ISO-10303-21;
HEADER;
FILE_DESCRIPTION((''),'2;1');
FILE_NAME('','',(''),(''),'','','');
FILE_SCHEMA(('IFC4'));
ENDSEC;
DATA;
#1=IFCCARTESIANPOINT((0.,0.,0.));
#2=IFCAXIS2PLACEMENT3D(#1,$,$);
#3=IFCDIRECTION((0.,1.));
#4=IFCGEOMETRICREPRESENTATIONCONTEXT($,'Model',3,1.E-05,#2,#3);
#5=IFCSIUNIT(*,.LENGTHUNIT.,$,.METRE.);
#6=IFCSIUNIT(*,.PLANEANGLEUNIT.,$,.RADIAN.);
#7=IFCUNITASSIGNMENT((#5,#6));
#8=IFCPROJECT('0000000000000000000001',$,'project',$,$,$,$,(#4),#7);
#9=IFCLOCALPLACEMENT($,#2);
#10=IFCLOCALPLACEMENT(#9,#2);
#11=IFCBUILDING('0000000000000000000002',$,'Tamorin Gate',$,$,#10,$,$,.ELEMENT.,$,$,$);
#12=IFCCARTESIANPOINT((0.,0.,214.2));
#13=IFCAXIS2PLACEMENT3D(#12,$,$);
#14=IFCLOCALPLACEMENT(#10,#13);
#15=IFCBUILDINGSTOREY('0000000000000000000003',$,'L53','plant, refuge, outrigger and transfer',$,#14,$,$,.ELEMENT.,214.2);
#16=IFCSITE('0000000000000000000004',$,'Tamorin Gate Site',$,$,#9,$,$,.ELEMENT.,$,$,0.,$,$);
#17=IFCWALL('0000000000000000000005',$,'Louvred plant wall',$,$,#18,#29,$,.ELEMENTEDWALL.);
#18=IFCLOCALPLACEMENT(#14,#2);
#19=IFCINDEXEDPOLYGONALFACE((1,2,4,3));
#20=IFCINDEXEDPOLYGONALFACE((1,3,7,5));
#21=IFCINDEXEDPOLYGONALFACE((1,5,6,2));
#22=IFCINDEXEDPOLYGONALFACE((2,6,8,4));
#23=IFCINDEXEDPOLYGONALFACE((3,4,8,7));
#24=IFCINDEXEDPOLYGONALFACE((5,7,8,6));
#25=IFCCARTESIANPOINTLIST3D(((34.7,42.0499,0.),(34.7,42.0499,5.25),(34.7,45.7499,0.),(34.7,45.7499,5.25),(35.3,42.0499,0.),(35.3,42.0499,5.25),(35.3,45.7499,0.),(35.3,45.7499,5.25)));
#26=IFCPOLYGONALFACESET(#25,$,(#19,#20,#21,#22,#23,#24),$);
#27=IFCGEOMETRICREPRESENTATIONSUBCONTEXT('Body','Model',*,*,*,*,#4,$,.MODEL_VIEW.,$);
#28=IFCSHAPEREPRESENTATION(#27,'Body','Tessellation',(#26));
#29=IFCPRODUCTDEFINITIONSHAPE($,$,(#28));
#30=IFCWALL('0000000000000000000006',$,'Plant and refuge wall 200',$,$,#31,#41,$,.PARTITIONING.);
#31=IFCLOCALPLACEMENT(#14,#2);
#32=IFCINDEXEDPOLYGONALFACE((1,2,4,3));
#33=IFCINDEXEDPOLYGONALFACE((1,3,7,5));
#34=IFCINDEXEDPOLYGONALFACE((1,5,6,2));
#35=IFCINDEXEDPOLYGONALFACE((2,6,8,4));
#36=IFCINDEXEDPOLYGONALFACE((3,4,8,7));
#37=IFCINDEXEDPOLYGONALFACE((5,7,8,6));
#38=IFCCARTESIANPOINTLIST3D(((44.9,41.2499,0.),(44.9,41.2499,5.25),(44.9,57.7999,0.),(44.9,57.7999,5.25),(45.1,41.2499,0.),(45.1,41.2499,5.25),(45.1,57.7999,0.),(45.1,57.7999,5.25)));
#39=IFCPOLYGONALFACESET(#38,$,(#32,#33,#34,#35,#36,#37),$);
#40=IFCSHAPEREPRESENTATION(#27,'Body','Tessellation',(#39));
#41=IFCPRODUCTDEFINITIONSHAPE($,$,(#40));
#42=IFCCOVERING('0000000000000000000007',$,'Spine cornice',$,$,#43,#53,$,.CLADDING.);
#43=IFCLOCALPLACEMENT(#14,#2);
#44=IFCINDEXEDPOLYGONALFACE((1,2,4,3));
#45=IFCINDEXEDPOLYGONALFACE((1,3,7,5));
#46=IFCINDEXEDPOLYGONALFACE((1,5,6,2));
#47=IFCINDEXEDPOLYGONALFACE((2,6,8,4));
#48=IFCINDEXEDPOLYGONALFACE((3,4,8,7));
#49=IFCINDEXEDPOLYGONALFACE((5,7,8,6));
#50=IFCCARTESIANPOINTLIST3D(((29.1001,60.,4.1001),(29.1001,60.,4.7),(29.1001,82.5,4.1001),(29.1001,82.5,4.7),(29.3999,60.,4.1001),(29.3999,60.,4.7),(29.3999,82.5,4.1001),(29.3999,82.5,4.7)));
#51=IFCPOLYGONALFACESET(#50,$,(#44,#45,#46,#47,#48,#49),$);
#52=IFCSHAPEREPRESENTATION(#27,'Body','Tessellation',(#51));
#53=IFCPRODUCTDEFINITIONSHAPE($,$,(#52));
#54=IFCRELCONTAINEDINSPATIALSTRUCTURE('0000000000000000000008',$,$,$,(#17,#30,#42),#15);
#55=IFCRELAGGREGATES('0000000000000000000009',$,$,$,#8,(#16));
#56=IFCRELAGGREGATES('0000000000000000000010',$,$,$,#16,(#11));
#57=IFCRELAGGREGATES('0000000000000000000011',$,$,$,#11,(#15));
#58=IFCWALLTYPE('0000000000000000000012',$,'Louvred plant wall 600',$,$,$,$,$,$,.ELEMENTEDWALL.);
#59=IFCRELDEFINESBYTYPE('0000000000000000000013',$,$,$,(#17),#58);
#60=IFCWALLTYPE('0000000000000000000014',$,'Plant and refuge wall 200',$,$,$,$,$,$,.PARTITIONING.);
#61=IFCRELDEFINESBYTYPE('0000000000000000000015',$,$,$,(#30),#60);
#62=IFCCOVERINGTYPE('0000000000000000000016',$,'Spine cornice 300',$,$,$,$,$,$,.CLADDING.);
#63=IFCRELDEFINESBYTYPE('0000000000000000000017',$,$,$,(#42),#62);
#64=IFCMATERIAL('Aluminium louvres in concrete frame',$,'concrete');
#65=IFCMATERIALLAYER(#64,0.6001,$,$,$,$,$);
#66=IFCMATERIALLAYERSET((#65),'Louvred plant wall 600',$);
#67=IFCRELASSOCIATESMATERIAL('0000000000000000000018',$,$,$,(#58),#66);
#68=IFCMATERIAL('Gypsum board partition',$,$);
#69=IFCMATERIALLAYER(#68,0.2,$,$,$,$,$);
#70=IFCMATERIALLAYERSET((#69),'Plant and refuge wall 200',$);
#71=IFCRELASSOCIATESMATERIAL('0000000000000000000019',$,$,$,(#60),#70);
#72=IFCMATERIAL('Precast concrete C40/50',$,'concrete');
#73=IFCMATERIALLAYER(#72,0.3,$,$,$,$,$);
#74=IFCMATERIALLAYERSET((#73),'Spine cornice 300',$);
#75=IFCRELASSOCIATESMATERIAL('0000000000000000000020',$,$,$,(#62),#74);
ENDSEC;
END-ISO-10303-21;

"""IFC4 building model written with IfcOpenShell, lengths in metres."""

from ifc_helpers import new_model, si_unit, direction, frame, frame_2d, origin, place, context, subcontext, project, spatial, polyline, rectangle, outline, extrude, material, layer, layer_set, type_object, element, save


model = new_model("IFC4")

# Units and contexts
model_context = context("Model", 3, precision=1e-05, world=origin(), true_north=direction((0.0, 1.0)))
body_context = subcontext(model_context, "Body", "Model", "MODEL_VIEW")
ifc_project = project(units=[si_unit("LENGTHUNIT", "METRE"), si_unit("PLANEANGLEUNIT", "RADIAN")], contexts=[model_context])

# Site, building, storey
site_placement = place(None, origin())
site = spatial("IfcSite", under=ifc_project, at=site_placement, Name="Tamorin Gate Site", CompositionType="ELEMENT", RefElevation=0.0)
building_placement = place(site_placement, origin())
building = spatial("IfcBuilding", under=site, at=building_placement, Name="Tamorin Gate", CompositionType="ELEMENT")
storey_placement = place(building_placement, frame((0.0, 0.0, 214.2)))
storey = spatial("IfcBuildingStorey", under=building, at=storey_placement, Name="L53", Description="plant, refuge, outrigger and transfer", CompositionType="ELEMENT", Elevation=214.2)

# Walls
ifc_material_1 = material(Name="Aluminium louvres in concrete frame", Category="concrete")
ifc_layer_1 = layer(ifc_material_1, 0.6001)
ifc_layer_set_1 = layer_set([ifc_layer_1], Name="Louvred plant wall 600")
wall_type_1 = type_object("IfcWallType", Name="Louvred plant wall 600", PredefinedType="ELEMENTEDWALL", material=ifc_layer_set_1)
for number, where, z_axis, x_axis, name in (
    (1, (35.0, 45.75, 0.0), (0.0, 0.0, 1.0), (0.0, -1.0, 0.0), "Louvred plant wall"),
):
    element("IfcWall", number, at=place(storey_placement, frame(where, z_axis=z_axis, x_axis=x_axis)), inside=storey, type_object=wall_type_1, Name=name, PredefinedType="ELEMENTEDWALL", context=body_context, shape_type="SweptSolid", body=[
        extrude(rectangle(XDim=3.7, YDim=0.6001, at=frame_2d((1.8501, 0.0))), origin(), (0.0, 0.0, 1.0), 5.25),
    ])
ifc_material_2 = material(Name="Gypsum board partition")
ifc_layer_2 = layer(ifc_material_2, 0.2)
ifc_layer_set_2 = layer_set([ifc_layer_2], Name="Plant and refuge wall 200")
wall_type_2 = type_object("IfcWallType", Name="Plant and refuge wall 200", PredefinedType="PARTITIONING", material=ifc_layer_set_2)
wall_1_placement = place(storey_placement, frame((45.0, 41.25, 0.0), z_axis=(0.0, 0.0, 1.0), x_axis=(0.0, 1.0, 0.0)))
element("IfcWall", 2, at=wall_1_placement, inside=storey, type_object=wall_type_2, Name="Plant and refuge wall 200", PredefinedType="PARTITIONING", context=body_context, shape_type="SweptSolid", body=[
    extrude(rectangle(XDim=16.55, YDim=0.2, at=frame_2d((8.2749, 0.0))), origin(), (0.0, 0.0, 1.0), 5.25),
])

# Covering
ifc_material_3 = material(Name="Precast concrete C40/50", Category="concrete")
ifc_layer_3 = layer(ifc_material_3, 0.3)
ifc_layer_set_3 = layer_set([ifc_layer_3], Name="Spine cornice 300")
covering_type = type_object("IfcCoveringType", Name="Spine cornice 300", PredefinedType="CLADDING", material=ifc_layer_set_3)
covering_placement = place(storey_placement, frame((0.0, 0.0, 4.1001)))
element("IfcCovering", 3, at=covering_placement, inside=storey, type_object=covering_type, Name="Spine cornice", PredefinedType="CLADDING", context=body_context, shape_type="SweptSolid", body=[
    extrude(outline(polyline([(29.1001, 60.0), (29.3999, 60.0), (29.3999, 82.5), (29.1001, 82.5), (29.1001, 60.0)])), origin(), (0.0, 0.0, 1.0), 0.5999),
])

save(model, "model.ifc")
